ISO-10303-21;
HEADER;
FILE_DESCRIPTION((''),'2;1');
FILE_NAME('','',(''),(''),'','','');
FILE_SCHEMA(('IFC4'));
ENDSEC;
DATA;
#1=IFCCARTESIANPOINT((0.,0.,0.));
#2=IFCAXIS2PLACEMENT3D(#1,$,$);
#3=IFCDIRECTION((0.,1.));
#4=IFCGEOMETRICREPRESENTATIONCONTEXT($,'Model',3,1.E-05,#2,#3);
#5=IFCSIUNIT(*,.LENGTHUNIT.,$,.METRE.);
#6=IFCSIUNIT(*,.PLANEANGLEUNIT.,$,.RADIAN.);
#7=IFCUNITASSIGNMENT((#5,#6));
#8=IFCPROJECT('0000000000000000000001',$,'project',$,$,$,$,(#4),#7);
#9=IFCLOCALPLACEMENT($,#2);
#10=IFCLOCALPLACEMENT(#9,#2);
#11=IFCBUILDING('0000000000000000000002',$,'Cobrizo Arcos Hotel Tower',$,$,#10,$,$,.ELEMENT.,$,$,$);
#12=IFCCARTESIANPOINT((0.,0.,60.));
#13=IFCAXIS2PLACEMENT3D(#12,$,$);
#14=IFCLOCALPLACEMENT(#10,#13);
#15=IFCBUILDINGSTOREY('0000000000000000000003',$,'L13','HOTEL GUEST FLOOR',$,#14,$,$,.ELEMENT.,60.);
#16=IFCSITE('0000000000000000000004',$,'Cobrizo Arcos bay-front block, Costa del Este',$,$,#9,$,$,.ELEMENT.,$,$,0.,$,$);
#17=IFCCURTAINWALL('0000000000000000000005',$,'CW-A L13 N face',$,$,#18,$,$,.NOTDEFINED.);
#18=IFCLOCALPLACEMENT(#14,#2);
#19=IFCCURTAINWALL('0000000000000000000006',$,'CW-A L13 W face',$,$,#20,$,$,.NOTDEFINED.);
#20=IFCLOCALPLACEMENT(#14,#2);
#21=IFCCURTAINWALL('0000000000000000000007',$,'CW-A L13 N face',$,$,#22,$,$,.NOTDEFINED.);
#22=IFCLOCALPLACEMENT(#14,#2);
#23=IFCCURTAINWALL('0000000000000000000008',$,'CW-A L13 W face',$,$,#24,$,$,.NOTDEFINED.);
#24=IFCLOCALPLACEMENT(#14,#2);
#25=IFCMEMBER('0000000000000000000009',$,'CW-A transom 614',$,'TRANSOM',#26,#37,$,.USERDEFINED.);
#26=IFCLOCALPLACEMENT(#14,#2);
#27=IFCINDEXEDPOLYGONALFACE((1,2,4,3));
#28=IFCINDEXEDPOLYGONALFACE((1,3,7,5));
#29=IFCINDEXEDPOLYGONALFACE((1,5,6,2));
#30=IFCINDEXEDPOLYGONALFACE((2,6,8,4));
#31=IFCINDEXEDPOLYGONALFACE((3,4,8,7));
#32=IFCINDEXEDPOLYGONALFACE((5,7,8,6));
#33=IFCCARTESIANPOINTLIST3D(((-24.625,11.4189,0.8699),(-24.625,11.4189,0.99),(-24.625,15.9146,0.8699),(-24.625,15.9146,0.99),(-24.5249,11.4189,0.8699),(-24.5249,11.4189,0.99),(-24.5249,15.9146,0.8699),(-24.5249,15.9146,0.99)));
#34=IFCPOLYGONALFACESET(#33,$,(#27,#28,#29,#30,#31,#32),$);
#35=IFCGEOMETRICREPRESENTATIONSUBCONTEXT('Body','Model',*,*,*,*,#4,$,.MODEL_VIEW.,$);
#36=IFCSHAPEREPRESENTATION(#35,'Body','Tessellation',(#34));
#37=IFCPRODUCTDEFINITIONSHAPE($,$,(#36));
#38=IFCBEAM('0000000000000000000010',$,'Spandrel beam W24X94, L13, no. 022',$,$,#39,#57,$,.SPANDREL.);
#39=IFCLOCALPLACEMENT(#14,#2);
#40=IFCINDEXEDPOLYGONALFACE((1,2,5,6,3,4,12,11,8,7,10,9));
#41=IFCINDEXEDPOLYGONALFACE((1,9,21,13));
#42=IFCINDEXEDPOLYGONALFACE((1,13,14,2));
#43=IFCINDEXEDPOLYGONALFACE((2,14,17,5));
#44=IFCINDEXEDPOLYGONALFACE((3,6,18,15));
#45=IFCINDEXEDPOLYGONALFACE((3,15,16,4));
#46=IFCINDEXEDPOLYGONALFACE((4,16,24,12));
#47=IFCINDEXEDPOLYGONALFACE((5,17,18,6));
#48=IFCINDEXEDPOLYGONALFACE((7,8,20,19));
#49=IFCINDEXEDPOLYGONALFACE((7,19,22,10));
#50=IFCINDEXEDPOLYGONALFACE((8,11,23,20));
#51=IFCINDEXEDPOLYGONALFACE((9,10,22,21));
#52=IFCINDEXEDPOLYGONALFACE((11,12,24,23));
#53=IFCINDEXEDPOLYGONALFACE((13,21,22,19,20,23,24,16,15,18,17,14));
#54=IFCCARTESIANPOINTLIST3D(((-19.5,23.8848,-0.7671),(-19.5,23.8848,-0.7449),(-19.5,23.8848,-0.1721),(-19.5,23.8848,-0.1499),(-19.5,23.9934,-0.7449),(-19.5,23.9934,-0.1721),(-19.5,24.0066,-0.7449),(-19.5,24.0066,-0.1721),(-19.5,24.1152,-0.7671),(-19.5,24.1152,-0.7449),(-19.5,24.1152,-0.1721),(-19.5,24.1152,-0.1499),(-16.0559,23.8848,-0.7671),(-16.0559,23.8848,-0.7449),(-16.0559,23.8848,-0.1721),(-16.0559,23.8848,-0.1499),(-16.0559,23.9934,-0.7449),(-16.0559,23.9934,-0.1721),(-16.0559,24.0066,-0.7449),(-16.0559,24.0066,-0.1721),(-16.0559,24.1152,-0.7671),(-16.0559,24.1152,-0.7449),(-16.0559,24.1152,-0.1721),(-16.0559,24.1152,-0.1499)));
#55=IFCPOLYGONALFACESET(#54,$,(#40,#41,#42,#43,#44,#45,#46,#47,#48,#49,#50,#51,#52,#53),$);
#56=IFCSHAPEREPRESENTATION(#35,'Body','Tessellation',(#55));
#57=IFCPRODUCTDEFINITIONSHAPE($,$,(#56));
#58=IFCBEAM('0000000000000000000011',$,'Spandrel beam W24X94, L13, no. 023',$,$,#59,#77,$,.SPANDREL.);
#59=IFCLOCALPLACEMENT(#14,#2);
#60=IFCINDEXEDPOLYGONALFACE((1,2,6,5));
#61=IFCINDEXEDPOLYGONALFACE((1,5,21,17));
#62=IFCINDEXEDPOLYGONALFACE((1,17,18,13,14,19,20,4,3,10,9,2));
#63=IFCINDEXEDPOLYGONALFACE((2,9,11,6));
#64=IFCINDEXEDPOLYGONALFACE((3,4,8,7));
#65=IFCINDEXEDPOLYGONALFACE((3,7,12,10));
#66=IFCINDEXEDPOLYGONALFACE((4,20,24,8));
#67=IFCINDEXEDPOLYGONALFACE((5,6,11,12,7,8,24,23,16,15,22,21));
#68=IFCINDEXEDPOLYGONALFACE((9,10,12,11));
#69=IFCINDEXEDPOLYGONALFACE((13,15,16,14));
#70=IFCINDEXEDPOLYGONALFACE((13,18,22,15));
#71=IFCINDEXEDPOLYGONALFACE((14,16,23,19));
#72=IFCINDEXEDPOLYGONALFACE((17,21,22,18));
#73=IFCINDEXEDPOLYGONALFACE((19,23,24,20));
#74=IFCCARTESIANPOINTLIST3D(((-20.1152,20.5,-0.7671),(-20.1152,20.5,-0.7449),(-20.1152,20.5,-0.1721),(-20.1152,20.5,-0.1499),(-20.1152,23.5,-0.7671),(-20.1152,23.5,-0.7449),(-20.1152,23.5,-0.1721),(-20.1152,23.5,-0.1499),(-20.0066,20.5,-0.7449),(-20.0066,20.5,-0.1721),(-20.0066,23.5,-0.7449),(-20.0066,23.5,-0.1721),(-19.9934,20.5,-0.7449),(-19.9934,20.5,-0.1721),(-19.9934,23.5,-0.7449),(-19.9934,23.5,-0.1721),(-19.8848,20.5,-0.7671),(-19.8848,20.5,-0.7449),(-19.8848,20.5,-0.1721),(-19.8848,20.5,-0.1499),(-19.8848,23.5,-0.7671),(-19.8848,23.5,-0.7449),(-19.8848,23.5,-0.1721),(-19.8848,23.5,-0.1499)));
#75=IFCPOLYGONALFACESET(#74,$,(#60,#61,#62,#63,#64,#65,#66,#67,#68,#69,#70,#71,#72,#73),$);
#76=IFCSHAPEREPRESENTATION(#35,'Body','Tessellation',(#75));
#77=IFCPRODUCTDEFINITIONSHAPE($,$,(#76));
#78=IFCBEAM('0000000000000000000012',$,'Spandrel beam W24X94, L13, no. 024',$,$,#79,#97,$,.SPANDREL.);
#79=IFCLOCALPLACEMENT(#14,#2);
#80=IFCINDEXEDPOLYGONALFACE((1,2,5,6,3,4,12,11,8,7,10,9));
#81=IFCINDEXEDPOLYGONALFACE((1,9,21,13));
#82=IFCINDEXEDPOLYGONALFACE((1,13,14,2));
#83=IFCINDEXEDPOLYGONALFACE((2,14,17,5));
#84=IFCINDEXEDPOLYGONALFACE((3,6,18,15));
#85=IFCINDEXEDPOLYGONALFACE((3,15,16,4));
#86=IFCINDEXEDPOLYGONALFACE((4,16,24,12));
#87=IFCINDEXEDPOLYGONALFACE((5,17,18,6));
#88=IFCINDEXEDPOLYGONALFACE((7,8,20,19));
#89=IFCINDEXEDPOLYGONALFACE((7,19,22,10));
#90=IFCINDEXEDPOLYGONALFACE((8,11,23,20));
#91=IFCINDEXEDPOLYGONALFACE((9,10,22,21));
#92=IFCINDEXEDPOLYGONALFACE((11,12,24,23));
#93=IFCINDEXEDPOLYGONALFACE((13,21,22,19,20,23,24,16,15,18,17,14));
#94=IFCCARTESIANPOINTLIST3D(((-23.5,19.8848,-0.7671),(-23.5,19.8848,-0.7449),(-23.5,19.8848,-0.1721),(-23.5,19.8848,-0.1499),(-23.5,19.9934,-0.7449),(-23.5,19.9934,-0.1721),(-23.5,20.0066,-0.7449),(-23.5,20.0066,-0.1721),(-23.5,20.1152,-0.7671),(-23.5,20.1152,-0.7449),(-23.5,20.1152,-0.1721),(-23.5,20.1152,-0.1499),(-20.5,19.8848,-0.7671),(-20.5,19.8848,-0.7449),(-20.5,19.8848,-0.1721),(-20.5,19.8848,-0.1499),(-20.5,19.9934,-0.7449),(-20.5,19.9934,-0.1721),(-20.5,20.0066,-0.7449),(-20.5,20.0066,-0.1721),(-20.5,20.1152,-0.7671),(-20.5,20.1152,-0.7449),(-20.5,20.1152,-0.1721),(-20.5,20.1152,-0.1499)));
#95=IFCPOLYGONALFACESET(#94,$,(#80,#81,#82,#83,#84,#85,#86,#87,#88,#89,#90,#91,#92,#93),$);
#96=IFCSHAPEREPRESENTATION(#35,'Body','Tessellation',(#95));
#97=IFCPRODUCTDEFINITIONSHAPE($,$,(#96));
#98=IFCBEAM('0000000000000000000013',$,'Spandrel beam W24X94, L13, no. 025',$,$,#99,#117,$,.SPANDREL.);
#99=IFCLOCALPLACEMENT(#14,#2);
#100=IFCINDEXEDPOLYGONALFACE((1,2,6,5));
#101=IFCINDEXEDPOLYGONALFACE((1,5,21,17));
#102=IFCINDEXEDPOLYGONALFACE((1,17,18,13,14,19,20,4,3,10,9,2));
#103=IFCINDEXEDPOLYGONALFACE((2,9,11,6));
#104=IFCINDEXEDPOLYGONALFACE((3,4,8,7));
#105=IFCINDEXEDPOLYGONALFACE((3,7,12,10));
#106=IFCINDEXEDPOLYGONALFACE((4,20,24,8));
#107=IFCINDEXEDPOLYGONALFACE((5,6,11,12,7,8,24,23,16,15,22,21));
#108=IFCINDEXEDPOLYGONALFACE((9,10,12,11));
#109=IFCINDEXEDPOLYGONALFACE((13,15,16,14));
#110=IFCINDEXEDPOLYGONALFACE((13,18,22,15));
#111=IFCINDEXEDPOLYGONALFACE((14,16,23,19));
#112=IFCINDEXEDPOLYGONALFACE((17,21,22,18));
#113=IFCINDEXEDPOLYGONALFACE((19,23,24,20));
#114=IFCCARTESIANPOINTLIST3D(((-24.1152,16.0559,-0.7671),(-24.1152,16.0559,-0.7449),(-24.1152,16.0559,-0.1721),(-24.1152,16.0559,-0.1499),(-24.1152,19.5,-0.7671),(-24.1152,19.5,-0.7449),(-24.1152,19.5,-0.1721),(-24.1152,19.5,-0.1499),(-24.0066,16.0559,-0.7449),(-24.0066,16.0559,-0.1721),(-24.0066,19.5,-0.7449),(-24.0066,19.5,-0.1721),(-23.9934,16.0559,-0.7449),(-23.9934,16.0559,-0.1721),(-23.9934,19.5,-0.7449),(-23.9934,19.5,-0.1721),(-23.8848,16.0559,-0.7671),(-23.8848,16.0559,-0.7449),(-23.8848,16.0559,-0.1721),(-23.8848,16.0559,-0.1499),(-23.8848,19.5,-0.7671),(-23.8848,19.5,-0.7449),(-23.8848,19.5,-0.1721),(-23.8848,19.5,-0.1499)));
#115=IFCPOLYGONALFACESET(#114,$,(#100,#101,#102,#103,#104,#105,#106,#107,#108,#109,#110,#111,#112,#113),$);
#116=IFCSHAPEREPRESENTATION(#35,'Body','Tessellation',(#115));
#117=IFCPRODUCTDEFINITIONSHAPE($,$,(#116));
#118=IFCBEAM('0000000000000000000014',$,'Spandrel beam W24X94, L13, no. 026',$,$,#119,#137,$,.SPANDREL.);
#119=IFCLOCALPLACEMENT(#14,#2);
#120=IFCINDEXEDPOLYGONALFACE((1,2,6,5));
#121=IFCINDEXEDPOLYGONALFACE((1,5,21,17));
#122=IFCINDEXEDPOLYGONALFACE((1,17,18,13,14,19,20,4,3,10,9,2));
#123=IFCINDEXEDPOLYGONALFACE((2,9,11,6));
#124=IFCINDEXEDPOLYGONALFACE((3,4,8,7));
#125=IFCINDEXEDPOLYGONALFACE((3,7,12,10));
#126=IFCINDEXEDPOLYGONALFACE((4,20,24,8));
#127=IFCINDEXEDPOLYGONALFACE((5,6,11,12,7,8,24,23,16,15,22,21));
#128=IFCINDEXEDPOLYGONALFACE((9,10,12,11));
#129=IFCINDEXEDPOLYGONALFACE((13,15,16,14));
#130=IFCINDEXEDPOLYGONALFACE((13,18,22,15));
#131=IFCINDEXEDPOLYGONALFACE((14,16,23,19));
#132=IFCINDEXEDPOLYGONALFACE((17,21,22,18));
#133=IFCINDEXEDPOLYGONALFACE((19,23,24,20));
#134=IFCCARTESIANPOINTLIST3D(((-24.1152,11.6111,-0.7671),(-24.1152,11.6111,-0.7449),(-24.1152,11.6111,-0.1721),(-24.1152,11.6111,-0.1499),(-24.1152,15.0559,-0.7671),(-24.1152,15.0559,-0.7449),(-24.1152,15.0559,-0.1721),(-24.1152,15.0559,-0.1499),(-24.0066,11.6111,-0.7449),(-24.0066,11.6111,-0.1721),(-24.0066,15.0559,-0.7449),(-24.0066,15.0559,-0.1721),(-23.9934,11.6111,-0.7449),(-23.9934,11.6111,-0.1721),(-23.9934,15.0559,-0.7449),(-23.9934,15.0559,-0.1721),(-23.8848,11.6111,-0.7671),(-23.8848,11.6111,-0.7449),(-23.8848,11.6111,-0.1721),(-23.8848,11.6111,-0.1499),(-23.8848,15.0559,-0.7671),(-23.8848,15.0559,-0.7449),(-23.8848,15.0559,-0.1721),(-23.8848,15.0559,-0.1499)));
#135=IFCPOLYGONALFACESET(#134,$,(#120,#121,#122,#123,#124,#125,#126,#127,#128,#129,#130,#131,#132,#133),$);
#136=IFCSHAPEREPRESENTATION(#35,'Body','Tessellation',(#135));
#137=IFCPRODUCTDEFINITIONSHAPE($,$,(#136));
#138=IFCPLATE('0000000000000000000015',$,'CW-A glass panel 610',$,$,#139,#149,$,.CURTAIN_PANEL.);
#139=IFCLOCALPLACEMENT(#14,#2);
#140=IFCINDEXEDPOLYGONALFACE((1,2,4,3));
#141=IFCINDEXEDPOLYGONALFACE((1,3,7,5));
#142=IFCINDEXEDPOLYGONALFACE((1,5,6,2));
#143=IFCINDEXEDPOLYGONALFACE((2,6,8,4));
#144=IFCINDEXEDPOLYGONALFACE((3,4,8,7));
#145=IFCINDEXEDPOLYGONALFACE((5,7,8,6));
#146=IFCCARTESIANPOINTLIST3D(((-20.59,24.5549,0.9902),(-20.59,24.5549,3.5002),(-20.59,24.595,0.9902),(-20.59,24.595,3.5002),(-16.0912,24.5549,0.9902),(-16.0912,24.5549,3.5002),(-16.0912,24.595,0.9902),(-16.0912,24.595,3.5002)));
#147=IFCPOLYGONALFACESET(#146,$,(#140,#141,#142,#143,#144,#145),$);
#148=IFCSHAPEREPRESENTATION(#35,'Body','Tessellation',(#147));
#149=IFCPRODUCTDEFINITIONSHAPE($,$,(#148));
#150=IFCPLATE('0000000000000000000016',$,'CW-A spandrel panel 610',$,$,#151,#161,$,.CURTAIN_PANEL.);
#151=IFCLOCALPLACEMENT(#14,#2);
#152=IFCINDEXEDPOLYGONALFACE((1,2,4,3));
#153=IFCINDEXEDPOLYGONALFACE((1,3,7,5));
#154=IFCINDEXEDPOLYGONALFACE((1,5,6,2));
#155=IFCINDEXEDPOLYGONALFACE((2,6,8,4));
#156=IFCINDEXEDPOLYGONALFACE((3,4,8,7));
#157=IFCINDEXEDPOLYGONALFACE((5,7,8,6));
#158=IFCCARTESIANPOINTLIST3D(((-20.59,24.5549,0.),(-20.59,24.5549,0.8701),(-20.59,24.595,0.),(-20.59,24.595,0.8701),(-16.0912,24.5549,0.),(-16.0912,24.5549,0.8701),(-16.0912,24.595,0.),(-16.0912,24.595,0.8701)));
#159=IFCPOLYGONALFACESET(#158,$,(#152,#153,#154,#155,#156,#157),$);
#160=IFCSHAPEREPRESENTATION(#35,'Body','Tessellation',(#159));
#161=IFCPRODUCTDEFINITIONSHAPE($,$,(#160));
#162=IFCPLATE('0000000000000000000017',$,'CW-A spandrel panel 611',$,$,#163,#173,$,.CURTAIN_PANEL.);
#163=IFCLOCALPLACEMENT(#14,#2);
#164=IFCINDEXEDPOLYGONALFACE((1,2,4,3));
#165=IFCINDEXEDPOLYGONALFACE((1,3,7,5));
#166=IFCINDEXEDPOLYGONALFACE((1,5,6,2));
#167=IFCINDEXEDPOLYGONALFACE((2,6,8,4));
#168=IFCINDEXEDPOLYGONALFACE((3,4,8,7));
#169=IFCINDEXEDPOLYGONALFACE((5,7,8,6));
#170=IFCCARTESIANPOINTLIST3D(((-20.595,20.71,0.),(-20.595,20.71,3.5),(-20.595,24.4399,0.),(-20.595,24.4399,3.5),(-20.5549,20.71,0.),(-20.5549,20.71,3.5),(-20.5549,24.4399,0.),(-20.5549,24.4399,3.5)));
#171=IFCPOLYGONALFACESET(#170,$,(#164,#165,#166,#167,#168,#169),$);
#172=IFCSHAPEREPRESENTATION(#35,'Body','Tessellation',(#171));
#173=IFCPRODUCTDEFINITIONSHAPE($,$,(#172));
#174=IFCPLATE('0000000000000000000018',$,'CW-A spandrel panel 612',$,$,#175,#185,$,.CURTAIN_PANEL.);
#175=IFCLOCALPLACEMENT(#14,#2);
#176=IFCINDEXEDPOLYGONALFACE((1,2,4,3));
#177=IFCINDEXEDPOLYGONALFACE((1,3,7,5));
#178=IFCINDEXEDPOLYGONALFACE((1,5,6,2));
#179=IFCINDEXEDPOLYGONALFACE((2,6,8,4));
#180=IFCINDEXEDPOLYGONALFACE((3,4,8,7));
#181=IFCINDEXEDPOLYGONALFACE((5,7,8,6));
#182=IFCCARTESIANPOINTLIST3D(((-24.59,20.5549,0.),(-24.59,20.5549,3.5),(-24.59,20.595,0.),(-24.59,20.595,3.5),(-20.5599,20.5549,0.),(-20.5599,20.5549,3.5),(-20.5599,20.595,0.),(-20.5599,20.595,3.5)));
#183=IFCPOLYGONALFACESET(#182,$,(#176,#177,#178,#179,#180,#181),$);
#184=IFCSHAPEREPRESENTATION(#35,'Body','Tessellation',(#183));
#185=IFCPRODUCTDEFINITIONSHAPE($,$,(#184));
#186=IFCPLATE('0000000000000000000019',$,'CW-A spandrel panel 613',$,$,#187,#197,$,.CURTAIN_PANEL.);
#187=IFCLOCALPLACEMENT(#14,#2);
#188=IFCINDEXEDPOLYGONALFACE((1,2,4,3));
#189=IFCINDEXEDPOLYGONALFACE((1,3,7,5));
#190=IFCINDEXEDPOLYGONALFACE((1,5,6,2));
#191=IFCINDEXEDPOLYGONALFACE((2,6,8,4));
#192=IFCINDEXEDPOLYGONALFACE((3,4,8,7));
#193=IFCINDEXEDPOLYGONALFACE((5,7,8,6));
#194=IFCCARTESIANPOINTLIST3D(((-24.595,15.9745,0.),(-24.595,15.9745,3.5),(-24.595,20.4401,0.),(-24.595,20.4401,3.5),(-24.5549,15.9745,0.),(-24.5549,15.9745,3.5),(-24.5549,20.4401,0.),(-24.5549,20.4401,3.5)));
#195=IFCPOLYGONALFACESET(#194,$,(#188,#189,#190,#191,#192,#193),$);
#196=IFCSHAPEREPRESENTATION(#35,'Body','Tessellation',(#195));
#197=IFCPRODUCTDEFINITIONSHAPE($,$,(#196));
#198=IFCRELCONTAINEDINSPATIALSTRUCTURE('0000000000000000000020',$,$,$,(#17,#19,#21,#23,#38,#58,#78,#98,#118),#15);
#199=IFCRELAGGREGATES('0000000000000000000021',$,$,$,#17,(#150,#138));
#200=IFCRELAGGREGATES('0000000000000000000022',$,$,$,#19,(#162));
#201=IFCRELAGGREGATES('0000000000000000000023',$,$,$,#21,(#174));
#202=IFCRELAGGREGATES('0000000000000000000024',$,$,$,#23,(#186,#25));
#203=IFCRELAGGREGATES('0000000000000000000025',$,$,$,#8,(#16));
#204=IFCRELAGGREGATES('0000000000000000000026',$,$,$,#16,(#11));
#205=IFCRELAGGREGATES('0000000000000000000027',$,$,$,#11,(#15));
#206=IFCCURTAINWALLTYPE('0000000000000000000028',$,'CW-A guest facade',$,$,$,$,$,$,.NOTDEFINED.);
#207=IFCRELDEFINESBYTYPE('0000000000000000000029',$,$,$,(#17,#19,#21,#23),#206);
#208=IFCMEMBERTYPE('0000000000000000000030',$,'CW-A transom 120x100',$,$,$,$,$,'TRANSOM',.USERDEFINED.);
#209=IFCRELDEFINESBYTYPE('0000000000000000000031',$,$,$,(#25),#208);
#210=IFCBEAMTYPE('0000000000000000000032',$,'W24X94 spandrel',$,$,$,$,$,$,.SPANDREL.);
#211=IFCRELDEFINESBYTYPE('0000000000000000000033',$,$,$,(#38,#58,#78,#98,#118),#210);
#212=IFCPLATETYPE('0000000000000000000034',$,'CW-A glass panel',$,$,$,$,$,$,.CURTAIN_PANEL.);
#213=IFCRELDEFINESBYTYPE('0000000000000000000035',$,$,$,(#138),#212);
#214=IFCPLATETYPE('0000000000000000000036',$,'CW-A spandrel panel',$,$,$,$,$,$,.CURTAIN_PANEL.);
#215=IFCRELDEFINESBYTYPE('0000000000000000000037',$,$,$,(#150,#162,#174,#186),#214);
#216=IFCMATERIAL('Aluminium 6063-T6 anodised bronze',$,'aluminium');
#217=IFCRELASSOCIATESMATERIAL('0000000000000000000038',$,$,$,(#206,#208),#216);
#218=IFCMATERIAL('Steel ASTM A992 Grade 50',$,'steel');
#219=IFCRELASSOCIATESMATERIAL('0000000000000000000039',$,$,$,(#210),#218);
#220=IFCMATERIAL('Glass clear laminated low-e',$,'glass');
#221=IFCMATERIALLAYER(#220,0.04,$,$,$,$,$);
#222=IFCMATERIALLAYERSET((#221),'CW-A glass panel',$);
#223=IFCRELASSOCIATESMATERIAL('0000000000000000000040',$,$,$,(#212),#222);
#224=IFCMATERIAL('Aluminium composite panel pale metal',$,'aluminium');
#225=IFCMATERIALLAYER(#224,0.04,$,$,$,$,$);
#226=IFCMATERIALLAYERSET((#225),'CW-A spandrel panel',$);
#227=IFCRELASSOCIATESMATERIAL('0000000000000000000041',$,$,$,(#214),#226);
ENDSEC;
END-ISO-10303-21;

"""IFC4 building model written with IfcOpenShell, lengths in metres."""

from ifc_helpers import new_model, si_unit, direction, frame, origin, origin_2d, place, context, subcontext, project, spatial, rectangle, i_section, extrude, material, layer, layer_set, material_profile, profile_set, type_object, element, aggregate, save


model = new_model("IFC4")

# Units and contexts
model_context = context("Model", 3, precision=1e-05, world=origin(), true_north=direction((0.0, 1.0)))
body_context = subcontext(model_context, "Body", "Model", "MODEL_VIEW")
ifc_project = project(units=[si_unit("LENGTHUNIT", "METRE"), si_unit("PLANEANGLEUNIT", "RADIAN")], contexts=[model_context])

# Site, building, storey
site_placement = place(None, origin())
site = spatial("IfcSite", under=ifc_project, at=site_placement, Name="Cobrizo Arcos bay-front block, Costa del Este", CompositionType="ELEMENT", RefElevation=0.0)
building_placement = place(site_placement, origin())
building = spatial("IfcBuilding", under=site, at=building_placement, Name="Cobrizo Arcos Hotel Tower", CompositionType="ELEMENT")
storey_placement = place(building_placement, frame((0.0, 0.0, 60.0)))
storey = spatial("IfcBuildingStorey", under=building, at=storey_placement, Name="L13", Description="HOTEL GUEST FLOOR", CompositionType="ELEMENT", Elevation=60.0)

# Curtain walls
ifc_material_1 = material(Name="Aluminium 6063-T6 anodised bronze", Category="aluminium")
curtain_wall_type = type_object("IfcCurtainWallType", Name="CW-A guest facade", PredefinedType="NOTDEFINED", material=ifc_material_1)
curtain_wall_1_placement = place(storey_placement, origin())
curtain_wall_1 = element("IfcCurtainWall", 1, at=curtain_wall_1_placement, inside=storey, type_object=curtain_wall_type, Name="CW-A L13 N face", PredefinedType="NOTDEFINED")
curtain_wall_2_placement = place(storey_placement, origin())
curtain_wall_2 = element("IfcCurtainWall", 2, at=curtain_wall_2_placement, inside=storey, type_object=curtain_wall_type, Name="CW-A L13 W face", PredefinedType="NOTDEFINED")
curtain_wall_3_placement = place(storey_placement, origin())
curtain_wall_3 = element("IfcCurtainWall", 3, at=curtain_wall_3_placement, inside=storey, type_object=curtain_wall_type, Name="CW-A L13 N face", PredefinedType="NOTDEFINED")
curtain_wall_4_placement = place(storey_placement, origin())
curtain_wall_4 = element("IfcCurtainWall", 4, at=curtain_wall_4_placement, inside=storey, type_object=curtain_wall_type, Name="CW-A L13 W face", PredefinedType="NOTDEFINED")

# Member
ifc_material_profile_1 = material_profile(ifc_material_1, rectangle(XDim=0.1001, YDim=0.1201, at=origin_2d()), Name="CW-A transom 120x100")
ifc_profile_set_1 = profile_set([ifc_material_profile_1], Name="Aluminium 6063-T6 anodised bronze")
member_type_1 = type_object("IfcMemberType", Name="CW-A transom 120x100", ElementType="TRANSOM", PredefinedType="USERDEFINED", material=ifc_profile_set_1)
member_1_placement = place(storey_placement, frame((-24.575, 15.9146, 0.9299), z_axis=(0.0, -1.0, 0.0), x_axis=(1.0, 0.0, 0.0)))
member_1 = element("IfcMember", 5, at=member_1_placement, type_object=member_type_1, Name="CW-A transom 614", ObjectType="TRANSOM", PredefinedType="USERDEFINED", context=body_context, shape_type="SweptSolid", body=[
    extrude(rectangle(XDim=0.1001, YDim=0.1201, at=origin_2d()), origin(), (0.0, 0.0, 1.0), 4.4956),
])

# Beams
ifc_material_2 = material(Name="Steel ASTM A992 Grade 50", Category="steel")
ifc_material_profile_2 = material_profile(ifc_material_2, i_section(OverallWidth=0.2305, OverallDepth=0.6172, WebThickness=0.0132, FlangeThickness=0.0222, at=origin_2d()), Name="W24X94")
ifc_profile_set_2 = profile_set([ifc_material_profile_2], Name="Steel ASTM A992 Grade 50")
beam_type = type_object("IfcBeamType", Name="W24X94 spandrel", PredefinedType="SPANDREL", material=ifc_profile_set_2)
beam_1_placement = place(storey_placement, frame((-16.0559, 24.0, -0.4585), z_axis=(-1.0, 0.0, 0.0), x_axis=(0.0, -1.0, 0.0)))
element("IfcBeam", 6, at=beam_1_placement, inside=storey, type_object=beam_type, Name="Spandrel beam W24X94, L13, no. 022", PredefinedType="SPANDREL", context=body_context, shape_type="SweptSolid", body=[
    extrude(i_section(OverallWidth=0.2305, OverallDepth=0.6172, WebThickness=0.0132, FlangeThickness=0.0222, at=origin_2d()), origin(), (0.0, 0.0, 1.0), 3.4441),
])
for number, where, z_axis, x_axis, name in (
    (7, (-20.0, 23.5, -0.4585), (0.0, -1.0, 0.0), (1.0, 0.0, 0.0), "Spandrel beam W24X94, L13, no. 023"),
    (8, (-20.5, 20.0, -0.4585), (-1.0, 0.0, 0.0), (0.0, -1.0, 0.0), "Spandrel beam W24X94, L13, no. 024"),
):
    element("IfcBeam", number, at=place(storey_placement, frame(where, z_axis=z_axis, x_axis=x_axis)), inside=storey, type_object=beam_type, Name=name, PredefinedType="SPANDREL", context=body_context, shape_type="SweptSolid", body=[
        extrude(i_section(OverallWidth=0.2305, OverallDepth=0.6172, WebThickness=0.0132, FlangeThickness=0.0222, at=origin_2d()), origin(), (0.0, 0.0, 1.0), 3.0),
    ])
beam_2_placement = place(storey_placement, frame((-24.0, 19.5, -0.4585), z_axis=(0.0, -1.0, 0.0), x_axis=(1.0, 0.0, 0.0)))
element("IfcBeam", 9, at=beam_2_placement, inside=storey, type_object=beam_type, Name="Spandrel beam W24X94, L13, no. 025", PredefinedType="SPANDREL", context=body_context, shape_type="SweptSolid", body=[
    extrude(i_section(OverallWidth=0.2305, OverallDepth=0.6172, WebThickness=0.0132, FlangeThickness=0.0222, at=origin_2d()), origin(), (0.0, 0.0, 1.0), 3.4441),
])
beam_3_placement = place(storey_placement, frame((-24.0, 15.0559, -0.4585), z_axis=(0.0, -1.0, 0.0), x_axis=(1.0, 0.0, 0.0)))
element("IfcBeam", 10, at=beam_3_placement, inside=storey, type_object=beam_type, Name="Spandrel beam W24X94, L13, no. 026", PredefinedType="SPANDREL", context=body_context, shape_type="SweptSolid", body=[
    extrude(i_section(OverallWidth=0.2305, OverallDepth=0.6172, WebThickness=0.0132, FlangeThickness=0.0222, at=origin_2d()), origin(), (0.0, 0.0, 1.0), 3.4448),
])

# Plates
ifc_material_3 = material(Name="Glass clear laminated low-e", Category="glass")
ifc_layer_1 = layer(ifc_material_3, 0.04)
ifc_layer_set_1 = layer_set([ifc_layer_1], Name="CW-A glass panel")
plate_type_1 = type_object("IfcPlateType", Name="CW-A glass panel", PredefinedType="CURTAIN_PANEL", material=ifc_layer_set_1)
plate_1_placement = place(storey_placement, frame((-18.3406, 24.575, 0.9902), z_axis=(0.0, 0.0, 1.0), x_axis=(-1.0, 0.0, 0.0)))
plate_1 = element("IfcPlate", 11, at=plate_1_placement, type_object=plate_type_1, Name="CW-A glass panel 610", PredefinedType="CURTAIN_PANEL", context=body_context, shape_type="SweptSolid", body=[
    extrude(rectangle(XDim=4.4988, YDim=0.04, at=origin_2d()), origin(), (0.0, 0.0, 1.0), 2.51),
])
ifc_material_4 = material(Name="Aluminium composite panel pale metal", Category="aluminium")
ifc_layer_2 = layer(ifc_material_4, 0.04)
ifc_layer_set_2 = layer_set([ifc_layer_2], Name="CW-A spandrel panel")
plate_type_2 = type_object("IfcPlateType", Name="CW-A spandrel panel", PredefinedType="CURTAIN_PANEL", material=ifc_layer_set_2)
plate_2_placement = place(storey_placement, frame((-18.3406, 24.575, 0.0), z_axis=(0.0, 0.0, 1.0), x_axis=(-1.0, 0.0, 0.0)))
plate_2 = element("IfcPlate", 12, at=plate_2_placement, type_object=plate_type_2, Name="CW-A spandrel panel 610", PredefinedType="CURTAIN_PANEL", context=body_context, shape_type="SweptSolid", body=[
    extrude(rectangle(XDim=4.4988, YDim=0.04, at=origin_2d()), origin(), (0.0, 0.0, 1.0), 0.8701),
])
aggregate(curtain_wall_1, [plate_2, plate_1])
plate_3_placement = place(storey_placement, frame((-20.575, 22.575, 0.0), z_axis=(0.0, 0.0, 1.0), x_axis=(0.0, -1.0, 0.0)))
plate_3 = element("IfcPlate", 13, at=plate_3_placement, type_object=plate_type_2, Name="CW-A spandrel panel 611", PredefinedType="CURTAIN_PANEL", context=body_context, shape_type="SweptSolid", body=[
    extrude(rectangle(XDim=3.73, YDim=0.04, at=origin_2d()), origin(), (0.0, 0.0, 1.0), 3.5),
])
aggregate(curtain_wall_2, [plate_3])
plate_4_placement = place(storey_placement, frame((-22.575, 20.575, 0.0), z_axis=(0.0, 0.0, 1.0), x_axis=(-1.0, 0.0, 0.0)))
plate_4 = element("IfcPlate", 14, at=plate_4_placement, type_object=plate_type_2, Name="CW-A spandrel panel 612", PredefinedType="CURTAIN_PANEL", context=body_context, shape_type="SweptSolid", body=[
    extrude(rectangle(XDim=4.03, YDim=0.04, at=origin_2d()), origin(), (0.0, 0.0, 1.0), 3.5),
])
aggregate(curtain_wall_3, [plate_4])
plate_5_placement = place(storey_placement, frame((-24.575, 18.2073, 0.0), z_axis=(0.0, 0.0, 1.0), x_axis=(0.0, -1.0, 0.0)))
plate_5 = element("IfcPlate", 15, at=plate_5_placement, type_object=plate_type_2, Name="CW-A spandrel panel 613", PredefinedType="CURTAIN_PANEL", context=body_context, shape_type="SweptSolid", body=[
    extrude(rectangle(XDim=4.4656, YDim=0.04, at=origin_2d()), origin(), (0.0, 0.0, 1.0), 3.5),
])
aggregate(curtain_wall_4, [plate_5, member_1])

save(model, "model.ifc")
